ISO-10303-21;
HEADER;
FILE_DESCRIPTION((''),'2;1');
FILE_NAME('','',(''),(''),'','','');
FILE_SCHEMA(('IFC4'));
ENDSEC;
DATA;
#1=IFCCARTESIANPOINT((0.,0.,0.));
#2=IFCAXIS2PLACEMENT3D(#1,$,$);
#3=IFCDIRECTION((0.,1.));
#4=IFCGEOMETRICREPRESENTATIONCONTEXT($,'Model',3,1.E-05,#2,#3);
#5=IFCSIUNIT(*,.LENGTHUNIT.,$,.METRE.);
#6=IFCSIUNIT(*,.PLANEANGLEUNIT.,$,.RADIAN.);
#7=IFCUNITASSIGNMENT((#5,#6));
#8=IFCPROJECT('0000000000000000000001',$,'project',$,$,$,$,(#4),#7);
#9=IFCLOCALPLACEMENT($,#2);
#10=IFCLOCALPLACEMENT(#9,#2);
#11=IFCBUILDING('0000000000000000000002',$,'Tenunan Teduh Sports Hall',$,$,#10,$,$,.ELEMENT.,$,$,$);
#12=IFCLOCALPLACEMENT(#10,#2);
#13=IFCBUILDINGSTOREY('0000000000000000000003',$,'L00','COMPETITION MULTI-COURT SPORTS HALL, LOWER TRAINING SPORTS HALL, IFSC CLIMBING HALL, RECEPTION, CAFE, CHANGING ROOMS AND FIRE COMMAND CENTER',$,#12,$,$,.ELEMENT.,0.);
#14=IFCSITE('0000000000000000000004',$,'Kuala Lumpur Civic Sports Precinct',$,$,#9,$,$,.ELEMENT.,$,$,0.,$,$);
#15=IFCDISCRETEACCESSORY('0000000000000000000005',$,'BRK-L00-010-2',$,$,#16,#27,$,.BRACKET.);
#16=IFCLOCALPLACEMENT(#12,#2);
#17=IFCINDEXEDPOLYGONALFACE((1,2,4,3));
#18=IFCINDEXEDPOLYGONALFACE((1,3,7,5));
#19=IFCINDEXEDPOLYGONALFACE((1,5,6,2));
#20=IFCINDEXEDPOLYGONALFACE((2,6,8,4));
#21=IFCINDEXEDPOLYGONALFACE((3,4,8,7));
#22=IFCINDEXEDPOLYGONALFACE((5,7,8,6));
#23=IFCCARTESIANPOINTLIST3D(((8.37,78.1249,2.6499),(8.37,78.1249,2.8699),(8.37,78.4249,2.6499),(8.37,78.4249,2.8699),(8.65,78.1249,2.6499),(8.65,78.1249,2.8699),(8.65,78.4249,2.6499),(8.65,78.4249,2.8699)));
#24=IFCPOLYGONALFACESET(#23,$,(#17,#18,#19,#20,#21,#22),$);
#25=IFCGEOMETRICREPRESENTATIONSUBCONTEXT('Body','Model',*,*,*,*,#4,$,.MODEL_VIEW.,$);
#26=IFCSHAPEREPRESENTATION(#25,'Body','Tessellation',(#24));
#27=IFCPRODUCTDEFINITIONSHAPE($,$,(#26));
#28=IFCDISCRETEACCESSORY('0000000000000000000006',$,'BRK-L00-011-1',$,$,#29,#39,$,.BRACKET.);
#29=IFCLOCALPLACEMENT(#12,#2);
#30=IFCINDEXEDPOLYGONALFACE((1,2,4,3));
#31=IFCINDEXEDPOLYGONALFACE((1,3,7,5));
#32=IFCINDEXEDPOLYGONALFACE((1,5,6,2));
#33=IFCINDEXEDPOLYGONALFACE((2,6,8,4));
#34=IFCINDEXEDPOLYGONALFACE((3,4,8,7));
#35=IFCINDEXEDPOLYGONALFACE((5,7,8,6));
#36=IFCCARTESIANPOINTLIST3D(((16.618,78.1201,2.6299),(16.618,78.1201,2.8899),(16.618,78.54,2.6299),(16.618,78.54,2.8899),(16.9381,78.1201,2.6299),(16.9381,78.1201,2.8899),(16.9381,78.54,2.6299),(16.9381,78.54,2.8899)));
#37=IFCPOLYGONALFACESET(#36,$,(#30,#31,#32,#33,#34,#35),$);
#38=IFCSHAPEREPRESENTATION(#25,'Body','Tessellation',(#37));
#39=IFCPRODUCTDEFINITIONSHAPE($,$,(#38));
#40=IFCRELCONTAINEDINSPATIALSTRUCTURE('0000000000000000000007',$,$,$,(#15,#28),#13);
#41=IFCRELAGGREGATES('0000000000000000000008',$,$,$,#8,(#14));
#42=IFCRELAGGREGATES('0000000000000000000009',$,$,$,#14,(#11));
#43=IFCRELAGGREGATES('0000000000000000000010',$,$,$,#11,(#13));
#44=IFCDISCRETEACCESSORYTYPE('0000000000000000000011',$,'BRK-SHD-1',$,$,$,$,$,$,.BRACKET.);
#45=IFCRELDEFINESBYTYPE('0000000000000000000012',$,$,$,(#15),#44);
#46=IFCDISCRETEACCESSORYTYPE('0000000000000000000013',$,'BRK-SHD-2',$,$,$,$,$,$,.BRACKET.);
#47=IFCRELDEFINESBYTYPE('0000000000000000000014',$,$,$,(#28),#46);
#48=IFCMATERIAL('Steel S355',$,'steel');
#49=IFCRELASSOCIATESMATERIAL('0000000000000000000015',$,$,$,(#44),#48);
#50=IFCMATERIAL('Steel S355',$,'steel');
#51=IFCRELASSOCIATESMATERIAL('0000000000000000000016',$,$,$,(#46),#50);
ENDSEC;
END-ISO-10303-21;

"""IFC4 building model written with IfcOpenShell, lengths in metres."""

from ifc_helpers import new_model, si_unit, direction, frame, origin, origin_2d, place, context, subcontext, project, spatial, rectangle, extrude, material, type_object, element, save


model = new_model("IFC4")

# Units and contexts
model_context = context("Model", 3, precision=1e-05, world=origin(), true_north=direction((0.0, 1.0)))
body_context = subcontext(model_context, "Body", "Model", "MODEL_VIEW")
ifc_project = project(units=[si_unit("LENGTHUNIT", "METRE"), si_unit("PLANEANGLEUNIT", "RADIAN")], contexts=[model_context])

# Site, building, storey
site_placement = place(None, origin())
site = spatial("IfcSite", under=ifc_project, at=site_placement, Name="Kuala Lumpur Civic Sports Precinct", CompositionType="ELEMENT", RefElevation=0.0)
building_placement = place(site_placement, origin())
building = spatial("IfcBuilding", under=site, at=building_placement, Name="Tenunan Teduh Sports Hall", CompositionType="ELEMENT")
storey_placement = place(building_placement, origin())
storey = spatial("IfcBuildingStorey", under=building, at=storey_placement, Name="L00", Description="COMPETITION MULTI-COURT SPORTS HALL, LOWER TRAINING SPORTS HALL, IFSC CLIMBING HALL, RECEPTION, CAFE, CHANGING ROOMS AND FIRE COMMAND CENTER", CompositionType="ELEMENT", Elevation=0.0)

# Discrete accessories
ifc_material_1 = material(Name="Steel S355", Category="steel")
discrete_accessory_type_1 = type_object("IfcDiscreteAccessoryType", Name="BRK-SHD-1", PredefinedType="BRACKET", material=ifc_material_1)
for number, where, z_axis, x_axis, name in (
    (1, (8.51, 78.2749, 2.6499), (0.0, 0.0, 1.0), (1.0, 0.0, 0.0), "BRK-L00-010-2"),
):
    element("IfcDiscreteAccessory", number, at=place(storey_placement, frame(where, z_axis=z_axis, x_axis=x_axis)), inside=storey, type_object=discrete_accessory_type_1, Name=name, PredefinedType="BRACKET", context=body_context, shape_type="SweptSolid", body=[
        extrude(rectangle(XDim=0.28, YDim=0.3, at=origin_2d()), origin(), (0.0, 0.0, 1.0), 0.22),
    ])
ifc_material_2 = material(Name="Steel S355", Category="steel")
discrete_accessory_type_2 = type_object("IfcDiscreteAccessoryType", Name="BRK-SHD-2", PredefinedType="BRACKET", material=ifc_material_2)
discrete_accessory_placement = place(storey_placement, frame((16.7781, 78.3301, 2.6299), z_axis=(0.0, 0.0, 1.0), x_axis=(1.0, 0.0, 0.0)))
element("IfcDiscreteAccessory", 2, at=discrete_accessory_placement, inside=storey, type_object=discrete_accessory_type_2, Name="BRK-L00-011-1", PredefinedType="BRACKET", context=body_context, shape_type="SweptSolid", body=[
    extrude(rectangle(XDim=0.3201, YDim=0.4199, at=origin_2d()), origin(), (0.0, 0.0, 1.0), 0.26),
])

save(model, "model.ifc")
